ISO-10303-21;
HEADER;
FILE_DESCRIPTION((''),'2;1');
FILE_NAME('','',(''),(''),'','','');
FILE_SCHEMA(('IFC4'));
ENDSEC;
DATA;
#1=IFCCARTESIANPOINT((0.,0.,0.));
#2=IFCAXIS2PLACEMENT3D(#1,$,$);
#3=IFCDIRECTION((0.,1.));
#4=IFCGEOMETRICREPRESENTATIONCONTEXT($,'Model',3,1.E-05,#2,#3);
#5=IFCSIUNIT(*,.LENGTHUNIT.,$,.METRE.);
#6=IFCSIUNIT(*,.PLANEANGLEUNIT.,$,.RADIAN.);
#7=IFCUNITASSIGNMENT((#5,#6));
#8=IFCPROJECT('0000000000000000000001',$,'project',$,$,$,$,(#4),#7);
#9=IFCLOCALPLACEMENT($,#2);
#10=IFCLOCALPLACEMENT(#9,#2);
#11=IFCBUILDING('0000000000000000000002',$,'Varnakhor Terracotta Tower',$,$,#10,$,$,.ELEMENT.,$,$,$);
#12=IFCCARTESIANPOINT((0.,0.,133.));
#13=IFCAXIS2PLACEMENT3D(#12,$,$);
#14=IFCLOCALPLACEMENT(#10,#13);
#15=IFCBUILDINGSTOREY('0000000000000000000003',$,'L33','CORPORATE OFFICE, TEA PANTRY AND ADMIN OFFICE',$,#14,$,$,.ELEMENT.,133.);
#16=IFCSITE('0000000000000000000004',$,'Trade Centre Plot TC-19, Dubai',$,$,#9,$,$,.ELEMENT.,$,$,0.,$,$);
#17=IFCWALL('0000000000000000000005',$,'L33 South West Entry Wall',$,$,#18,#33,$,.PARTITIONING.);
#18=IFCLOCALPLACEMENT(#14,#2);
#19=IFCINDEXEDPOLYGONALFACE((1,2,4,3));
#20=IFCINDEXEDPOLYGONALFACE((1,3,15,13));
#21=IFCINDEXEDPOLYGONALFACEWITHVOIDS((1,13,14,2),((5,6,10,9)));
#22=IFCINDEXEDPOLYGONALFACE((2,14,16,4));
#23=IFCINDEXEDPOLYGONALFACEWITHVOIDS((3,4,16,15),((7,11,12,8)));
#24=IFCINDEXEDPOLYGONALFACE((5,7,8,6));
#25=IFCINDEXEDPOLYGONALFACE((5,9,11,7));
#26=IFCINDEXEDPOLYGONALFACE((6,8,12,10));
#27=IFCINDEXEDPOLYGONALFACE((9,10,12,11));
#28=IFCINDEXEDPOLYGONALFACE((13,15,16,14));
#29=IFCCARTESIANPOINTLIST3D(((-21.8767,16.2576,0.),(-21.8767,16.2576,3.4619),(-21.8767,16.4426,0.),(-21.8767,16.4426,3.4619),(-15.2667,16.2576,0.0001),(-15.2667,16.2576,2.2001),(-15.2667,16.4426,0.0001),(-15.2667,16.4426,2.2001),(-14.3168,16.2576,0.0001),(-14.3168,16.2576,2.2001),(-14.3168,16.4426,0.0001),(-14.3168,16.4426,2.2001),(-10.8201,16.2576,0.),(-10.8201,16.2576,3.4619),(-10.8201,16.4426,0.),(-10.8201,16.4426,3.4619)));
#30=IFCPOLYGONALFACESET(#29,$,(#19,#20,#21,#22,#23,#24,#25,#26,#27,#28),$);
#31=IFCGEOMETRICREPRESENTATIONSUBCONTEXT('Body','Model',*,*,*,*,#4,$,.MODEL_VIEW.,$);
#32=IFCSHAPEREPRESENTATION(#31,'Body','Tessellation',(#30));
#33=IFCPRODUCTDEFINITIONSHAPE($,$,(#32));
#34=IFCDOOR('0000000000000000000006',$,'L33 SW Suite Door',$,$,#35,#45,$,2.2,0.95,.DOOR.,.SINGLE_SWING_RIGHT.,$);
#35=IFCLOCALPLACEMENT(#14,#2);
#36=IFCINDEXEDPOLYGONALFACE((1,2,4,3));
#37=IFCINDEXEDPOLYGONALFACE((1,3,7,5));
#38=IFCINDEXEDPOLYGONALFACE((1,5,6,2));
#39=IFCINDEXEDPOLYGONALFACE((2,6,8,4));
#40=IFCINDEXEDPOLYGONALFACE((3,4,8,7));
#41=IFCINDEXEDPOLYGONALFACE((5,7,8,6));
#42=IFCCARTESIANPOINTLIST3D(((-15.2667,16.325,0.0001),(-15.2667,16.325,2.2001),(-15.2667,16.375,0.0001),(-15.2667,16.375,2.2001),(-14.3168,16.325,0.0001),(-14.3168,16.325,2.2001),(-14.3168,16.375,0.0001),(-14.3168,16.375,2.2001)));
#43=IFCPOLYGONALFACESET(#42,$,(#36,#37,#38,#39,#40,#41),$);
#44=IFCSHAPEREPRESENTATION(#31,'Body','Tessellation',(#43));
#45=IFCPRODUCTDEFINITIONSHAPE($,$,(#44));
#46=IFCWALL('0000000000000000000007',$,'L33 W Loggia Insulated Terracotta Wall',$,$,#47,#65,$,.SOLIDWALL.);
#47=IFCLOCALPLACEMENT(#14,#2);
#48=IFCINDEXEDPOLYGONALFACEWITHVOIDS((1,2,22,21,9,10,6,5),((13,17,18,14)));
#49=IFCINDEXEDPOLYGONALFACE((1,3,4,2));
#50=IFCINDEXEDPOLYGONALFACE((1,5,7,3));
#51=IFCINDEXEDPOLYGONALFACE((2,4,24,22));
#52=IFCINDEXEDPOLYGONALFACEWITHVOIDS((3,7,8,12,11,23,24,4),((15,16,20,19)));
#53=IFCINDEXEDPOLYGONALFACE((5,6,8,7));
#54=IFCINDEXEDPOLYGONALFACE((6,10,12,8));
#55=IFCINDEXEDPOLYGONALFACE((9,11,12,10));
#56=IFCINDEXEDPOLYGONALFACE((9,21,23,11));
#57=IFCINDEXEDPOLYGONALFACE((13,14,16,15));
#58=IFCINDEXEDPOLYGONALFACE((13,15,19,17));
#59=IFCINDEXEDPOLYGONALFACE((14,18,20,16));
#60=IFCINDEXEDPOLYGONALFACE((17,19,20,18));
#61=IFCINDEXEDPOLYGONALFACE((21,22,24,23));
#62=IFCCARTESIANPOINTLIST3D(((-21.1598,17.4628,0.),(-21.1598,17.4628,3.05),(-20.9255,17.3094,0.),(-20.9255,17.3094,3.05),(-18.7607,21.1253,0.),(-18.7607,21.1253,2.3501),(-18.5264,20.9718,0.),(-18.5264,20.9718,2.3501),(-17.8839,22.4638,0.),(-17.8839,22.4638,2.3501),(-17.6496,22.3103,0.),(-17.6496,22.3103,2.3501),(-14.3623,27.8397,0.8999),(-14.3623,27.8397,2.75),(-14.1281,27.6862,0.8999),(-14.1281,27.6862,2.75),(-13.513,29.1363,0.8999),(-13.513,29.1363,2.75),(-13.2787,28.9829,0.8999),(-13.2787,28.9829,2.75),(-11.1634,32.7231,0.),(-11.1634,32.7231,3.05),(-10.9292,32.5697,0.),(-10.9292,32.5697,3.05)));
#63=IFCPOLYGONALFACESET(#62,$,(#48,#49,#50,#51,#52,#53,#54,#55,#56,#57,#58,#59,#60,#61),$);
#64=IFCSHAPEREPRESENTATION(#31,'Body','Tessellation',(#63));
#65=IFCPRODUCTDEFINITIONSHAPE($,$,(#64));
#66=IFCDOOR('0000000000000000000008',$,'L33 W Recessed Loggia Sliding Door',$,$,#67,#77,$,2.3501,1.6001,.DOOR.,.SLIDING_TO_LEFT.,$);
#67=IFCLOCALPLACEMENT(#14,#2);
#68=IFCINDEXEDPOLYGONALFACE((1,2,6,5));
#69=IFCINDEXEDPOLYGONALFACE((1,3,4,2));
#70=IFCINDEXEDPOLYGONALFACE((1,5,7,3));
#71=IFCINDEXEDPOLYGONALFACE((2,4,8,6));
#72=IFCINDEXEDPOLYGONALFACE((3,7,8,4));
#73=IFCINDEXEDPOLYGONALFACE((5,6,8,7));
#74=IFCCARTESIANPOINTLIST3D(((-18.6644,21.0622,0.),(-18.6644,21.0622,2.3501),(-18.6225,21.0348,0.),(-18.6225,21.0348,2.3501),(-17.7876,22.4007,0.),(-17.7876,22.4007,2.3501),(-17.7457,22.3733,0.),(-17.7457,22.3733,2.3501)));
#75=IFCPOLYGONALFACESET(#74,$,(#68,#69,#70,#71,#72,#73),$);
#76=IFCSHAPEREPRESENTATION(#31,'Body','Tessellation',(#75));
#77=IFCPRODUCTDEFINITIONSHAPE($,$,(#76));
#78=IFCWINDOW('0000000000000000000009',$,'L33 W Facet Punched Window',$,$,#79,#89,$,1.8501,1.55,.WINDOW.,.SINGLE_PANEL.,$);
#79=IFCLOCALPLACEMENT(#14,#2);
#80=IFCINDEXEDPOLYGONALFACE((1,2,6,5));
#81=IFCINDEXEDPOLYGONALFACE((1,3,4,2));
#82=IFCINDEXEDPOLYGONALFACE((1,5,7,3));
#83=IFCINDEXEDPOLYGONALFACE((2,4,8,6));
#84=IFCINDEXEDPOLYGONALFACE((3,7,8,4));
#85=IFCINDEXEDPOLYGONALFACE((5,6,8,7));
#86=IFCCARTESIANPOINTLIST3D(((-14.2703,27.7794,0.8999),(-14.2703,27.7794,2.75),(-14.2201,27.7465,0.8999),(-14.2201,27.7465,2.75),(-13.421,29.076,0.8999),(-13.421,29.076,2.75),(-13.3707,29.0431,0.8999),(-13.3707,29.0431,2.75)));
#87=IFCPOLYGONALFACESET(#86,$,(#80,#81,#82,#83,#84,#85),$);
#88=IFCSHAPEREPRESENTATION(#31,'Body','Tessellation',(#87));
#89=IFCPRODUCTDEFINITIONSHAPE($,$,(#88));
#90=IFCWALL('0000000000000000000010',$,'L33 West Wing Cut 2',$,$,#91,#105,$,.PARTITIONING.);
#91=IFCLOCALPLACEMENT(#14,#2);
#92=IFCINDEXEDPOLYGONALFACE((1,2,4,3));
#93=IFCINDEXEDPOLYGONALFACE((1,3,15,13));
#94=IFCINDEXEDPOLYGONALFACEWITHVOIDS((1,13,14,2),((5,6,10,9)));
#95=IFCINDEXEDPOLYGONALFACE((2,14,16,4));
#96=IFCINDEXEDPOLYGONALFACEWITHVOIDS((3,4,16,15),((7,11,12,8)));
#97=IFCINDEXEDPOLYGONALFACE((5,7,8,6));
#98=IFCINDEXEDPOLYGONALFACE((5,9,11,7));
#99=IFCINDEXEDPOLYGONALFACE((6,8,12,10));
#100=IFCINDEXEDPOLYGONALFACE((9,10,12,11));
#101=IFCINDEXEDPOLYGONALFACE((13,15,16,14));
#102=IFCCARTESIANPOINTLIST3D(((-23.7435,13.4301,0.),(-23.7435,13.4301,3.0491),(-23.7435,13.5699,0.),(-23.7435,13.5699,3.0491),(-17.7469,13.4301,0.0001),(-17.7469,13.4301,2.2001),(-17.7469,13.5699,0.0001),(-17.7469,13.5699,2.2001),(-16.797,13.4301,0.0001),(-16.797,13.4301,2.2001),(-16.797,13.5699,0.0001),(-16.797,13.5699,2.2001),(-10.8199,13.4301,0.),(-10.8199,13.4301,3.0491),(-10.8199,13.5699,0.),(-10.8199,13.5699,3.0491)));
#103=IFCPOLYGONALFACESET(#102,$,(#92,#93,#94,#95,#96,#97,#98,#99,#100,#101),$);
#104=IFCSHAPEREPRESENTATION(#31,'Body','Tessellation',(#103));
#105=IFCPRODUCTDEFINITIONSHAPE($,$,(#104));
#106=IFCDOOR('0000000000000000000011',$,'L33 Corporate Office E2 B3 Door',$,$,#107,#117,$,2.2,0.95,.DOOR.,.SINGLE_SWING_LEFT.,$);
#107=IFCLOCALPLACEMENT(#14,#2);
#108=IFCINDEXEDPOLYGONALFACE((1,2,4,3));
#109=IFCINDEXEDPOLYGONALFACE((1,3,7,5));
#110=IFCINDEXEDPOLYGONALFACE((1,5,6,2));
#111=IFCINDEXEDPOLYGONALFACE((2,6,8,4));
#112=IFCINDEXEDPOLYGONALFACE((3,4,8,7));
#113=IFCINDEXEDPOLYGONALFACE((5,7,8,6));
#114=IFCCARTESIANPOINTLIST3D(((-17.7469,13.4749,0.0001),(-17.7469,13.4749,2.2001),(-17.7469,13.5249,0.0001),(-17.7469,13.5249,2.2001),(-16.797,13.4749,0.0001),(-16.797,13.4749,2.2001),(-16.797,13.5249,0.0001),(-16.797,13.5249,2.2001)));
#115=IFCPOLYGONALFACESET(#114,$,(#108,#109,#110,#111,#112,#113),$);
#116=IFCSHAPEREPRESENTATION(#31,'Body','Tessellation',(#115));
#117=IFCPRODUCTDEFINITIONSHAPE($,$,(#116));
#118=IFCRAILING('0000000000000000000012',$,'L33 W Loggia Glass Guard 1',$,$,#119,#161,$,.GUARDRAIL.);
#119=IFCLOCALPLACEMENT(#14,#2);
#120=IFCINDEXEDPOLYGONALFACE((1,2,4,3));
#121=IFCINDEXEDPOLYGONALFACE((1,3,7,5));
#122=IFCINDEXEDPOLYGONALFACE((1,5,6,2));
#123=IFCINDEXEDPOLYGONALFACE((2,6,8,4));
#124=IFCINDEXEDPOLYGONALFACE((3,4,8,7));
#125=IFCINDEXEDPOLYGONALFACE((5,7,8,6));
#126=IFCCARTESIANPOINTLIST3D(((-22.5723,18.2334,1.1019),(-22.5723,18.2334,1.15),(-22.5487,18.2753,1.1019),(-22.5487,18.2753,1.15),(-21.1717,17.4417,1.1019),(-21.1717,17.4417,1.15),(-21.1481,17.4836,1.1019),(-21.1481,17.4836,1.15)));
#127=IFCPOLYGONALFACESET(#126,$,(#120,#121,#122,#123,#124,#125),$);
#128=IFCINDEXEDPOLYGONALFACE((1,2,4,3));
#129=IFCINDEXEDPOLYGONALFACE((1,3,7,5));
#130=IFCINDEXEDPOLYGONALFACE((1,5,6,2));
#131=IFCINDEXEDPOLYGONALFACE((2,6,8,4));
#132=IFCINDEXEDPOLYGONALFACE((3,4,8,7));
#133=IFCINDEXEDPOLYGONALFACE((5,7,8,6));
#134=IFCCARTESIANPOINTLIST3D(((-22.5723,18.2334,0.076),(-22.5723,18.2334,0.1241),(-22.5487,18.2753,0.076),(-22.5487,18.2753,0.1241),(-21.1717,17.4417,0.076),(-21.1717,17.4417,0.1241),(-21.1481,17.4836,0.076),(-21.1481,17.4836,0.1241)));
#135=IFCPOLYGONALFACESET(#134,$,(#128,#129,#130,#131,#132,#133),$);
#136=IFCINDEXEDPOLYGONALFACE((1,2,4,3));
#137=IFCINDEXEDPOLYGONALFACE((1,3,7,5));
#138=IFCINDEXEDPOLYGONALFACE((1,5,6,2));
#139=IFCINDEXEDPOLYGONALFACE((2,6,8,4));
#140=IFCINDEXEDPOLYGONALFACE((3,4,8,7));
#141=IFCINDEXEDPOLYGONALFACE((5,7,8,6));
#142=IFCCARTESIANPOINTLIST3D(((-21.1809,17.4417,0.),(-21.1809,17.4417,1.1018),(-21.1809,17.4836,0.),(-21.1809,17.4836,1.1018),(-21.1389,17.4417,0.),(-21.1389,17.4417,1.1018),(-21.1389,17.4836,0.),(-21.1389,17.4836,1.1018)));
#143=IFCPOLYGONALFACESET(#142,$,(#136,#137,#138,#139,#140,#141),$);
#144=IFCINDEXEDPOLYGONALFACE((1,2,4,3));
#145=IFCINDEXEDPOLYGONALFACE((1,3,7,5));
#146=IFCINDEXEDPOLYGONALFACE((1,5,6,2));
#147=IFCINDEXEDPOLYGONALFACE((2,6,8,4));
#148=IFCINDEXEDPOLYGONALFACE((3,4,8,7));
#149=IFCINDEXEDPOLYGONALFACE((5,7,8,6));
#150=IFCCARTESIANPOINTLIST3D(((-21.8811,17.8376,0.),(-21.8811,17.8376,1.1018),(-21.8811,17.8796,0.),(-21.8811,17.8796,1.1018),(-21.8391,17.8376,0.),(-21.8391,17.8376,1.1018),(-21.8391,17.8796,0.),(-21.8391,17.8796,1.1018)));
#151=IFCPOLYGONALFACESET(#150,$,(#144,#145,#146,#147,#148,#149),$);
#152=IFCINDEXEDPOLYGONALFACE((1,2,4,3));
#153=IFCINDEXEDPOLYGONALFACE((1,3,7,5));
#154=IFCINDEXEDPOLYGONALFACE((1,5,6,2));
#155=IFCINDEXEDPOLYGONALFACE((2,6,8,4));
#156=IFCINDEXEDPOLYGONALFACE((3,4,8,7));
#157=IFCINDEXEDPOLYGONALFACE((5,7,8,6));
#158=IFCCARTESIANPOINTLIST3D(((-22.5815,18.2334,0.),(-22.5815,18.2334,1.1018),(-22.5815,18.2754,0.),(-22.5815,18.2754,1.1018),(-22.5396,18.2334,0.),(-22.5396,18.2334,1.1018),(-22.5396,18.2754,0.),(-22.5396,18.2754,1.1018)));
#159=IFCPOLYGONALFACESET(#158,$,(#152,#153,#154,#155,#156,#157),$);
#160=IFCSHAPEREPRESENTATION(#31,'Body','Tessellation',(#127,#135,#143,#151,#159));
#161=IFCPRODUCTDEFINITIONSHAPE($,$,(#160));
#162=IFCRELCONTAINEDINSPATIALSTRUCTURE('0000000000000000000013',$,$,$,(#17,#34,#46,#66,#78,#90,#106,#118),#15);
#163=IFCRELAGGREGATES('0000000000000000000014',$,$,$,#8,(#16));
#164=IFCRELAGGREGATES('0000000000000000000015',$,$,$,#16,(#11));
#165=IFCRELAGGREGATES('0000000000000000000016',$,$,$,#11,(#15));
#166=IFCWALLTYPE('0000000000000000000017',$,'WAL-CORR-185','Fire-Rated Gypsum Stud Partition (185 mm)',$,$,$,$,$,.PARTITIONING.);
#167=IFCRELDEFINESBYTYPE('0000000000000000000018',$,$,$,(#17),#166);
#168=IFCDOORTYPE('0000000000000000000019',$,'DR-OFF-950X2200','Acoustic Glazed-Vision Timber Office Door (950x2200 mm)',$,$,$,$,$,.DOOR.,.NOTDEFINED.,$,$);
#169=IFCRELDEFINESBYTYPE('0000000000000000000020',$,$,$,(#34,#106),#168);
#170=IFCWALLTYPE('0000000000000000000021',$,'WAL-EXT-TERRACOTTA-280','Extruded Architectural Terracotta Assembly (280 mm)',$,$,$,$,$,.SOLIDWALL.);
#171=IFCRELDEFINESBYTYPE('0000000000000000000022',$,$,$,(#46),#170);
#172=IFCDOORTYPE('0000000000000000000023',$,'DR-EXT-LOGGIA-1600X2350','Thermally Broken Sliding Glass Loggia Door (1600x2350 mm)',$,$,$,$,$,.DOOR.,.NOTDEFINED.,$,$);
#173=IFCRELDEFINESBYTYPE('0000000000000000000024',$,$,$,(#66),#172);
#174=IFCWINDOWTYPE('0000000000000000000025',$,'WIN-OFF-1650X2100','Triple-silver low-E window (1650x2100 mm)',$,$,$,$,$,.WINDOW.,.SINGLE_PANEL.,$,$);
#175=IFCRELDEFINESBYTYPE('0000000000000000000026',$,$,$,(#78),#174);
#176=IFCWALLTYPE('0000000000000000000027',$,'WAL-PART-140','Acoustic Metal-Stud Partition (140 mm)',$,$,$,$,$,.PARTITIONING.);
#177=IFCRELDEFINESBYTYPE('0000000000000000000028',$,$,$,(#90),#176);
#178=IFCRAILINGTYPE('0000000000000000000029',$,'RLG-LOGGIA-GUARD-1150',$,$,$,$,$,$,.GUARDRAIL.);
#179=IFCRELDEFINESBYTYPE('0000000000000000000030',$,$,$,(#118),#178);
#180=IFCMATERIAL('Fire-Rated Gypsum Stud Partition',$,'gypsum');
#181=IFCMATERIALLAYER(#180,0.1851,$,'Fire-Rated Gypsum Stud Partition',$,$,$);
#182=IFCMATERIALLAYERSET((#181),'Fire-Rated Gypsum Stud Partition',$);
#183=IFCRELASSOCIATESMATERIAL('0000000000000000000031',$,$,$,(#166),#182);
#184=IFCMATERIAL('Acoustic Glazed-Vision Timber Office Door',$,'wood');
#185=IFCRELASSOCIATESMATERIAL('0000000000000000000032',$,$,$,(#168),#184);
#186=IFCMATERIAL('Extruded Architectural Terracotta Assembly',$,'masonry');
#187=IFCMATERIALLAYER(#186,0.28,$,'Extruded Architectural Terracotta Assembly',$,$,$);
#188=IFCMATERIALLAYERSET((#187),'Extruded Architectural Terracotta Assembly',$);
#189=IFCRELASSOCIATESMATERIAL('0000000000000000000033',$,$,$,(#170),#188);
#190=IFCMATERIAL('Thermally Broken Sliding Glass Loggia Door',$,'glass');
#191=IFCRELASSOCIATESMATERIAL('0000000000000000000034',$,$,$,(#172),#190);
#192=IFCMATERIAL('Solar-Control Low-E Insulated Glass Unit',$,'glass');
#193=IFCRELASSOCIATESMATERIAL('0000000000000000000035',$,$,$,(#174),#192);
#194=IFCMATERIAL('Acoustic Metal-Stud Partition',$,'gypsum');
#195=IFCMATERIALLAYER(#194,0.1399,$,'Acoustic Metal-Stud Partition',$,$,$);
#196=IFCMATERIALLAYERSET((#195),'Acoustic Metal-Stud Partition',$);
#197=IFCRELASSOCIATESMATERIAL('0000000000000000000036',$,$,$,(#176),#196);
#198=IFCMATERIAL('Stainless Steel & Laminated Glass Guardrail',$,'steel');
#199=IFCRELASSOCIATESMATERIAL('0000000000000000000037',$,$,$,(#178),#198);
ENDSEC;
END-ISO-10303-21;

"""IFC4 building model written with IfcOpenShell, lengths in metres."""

from ifc_helpers import new_model, si_unit, direction, frame, frame_2d, origin, origin_2d, place, context, subcontext, project, spatial, rectangle, extrude, source, transform, mapped, material, layer, layer_set, type_object, type_shapes, element, fill, save


model = new_model("IFC4")

# Units and contexts
model_context = context("Model", 3, precision=1e-05, world=origin(), true_north=direction((0.0, 1.0)))
body_context = subcontext(model_context, "Body", "Model", "MODEL_VIEW")
ifc_project = project(units=[si_unit("LENGTHUNIT", "METRE"), si_unit("PLANEANGLEUNIT", "RADIAN")], contexts=[model_context])

# Site, building, storey
site_placement = place(None, origin())
site = spatial("IfcSite", under=ifc_project, at=site_placement, Name="Trade Centre Plot TC-19, Dubai", CompositionType="ELEMENT", RefElevation=0.0)
building_placement = place(site_placement, origin())
building = spatial("IfcBuilding", under=site, at=building_placement, Name="Varnakhor Terracotta Tower", CompositionType="ELEMENT")
storey_placement = place(building_placement, frame((0.0, 0.0, 133.0)))
storey = spatial("IfcBuildingStorey", under=building, at=storey_placement, Name="L33", Description="CORPORATE OFFICE, TEA PANTRY AND ADMIN OFFICE", CompositionType="ELEMENT", Elevation=133.0)

# Wall, opening, door
ifc_material_1 = material(Name="Fire-Rated Gypsum Stud Partition", Category="gypsum")
ifc_layer_1 = layer(ifc_material_1, 0.1851, Name="Fire-Rated Gypsum Stud Partition")
ifc_layer_set_1 = layer_set([ifc_layer_1], Name="Fire-Rated Gypsum Stud Partition")
wall_type_1 = type_object("IfcWallType", Name="WAL-CORR-185", Description="Fire-Rated Gypsum Stud Partition (185 mm)", PredefinedType="PARTITIONING", material=ifc_layer_set_1)
wall_1_placement = place(storey_placement, frame((-21.8767, 16.3501, 0.0), z_axis=(0.0, 0.0, 1.0), x_axis=(1.0, 0.0, 0.0)))
wall_1 = element("IfcWall", 1, at=wall_1_placement, inside=storey, type_object=wall_type_1, Name="L33 South West Entry Wall", PredefinedType="PARTITIONING", context=body_context, shape_type="SweptSolid", body=[
    extrude(rectangle(XDim=11.0566, YDim=0.1851, at=frame_2d((5.5283, 0.0))), origin(), (0.0, 0.0, 1.0), 3.4619),
])
opening_1_placement = place(wall_1_placement, frame((6.6099, 0.0, 0.0)))
opening_1 = element("IfcOpeningElement", 2, at=opening_1_placement, cuts=wall_1, PredefinedType="OPENING", context=body_context, shape_type="SweptSolid", body=[
    extrude(rectangle(XDim=0.95, YDim=2.2, at=frame_2d((0.4751, 1.1001))), frame((0.0, 0.1025, 0.0), z_axis=(0.0, -1.0, 0.0), x_axis=(1.0, 0.0, 0.0)), (0.0, 0.0, 1.0), 0.2051),
])
ifc_material_2 = material(Name="Acoustic Glazed-Vision Timber Office Door", Category="wood")
door_type_1 = type_object("IfcDoorType", Name="DR-OFF-950X2200", Description="Acoustic Glazed-Vision Timber Office Door (950x2200 mm)", OperationType="NOTDEFINED", PredefinedType="DOOR", material=ifc_material_2)
shared_shape_1 = source(origin(), body_context, "Body", "SweptSolid", [
    extrude(rectangle(XDim=0.95, YDim=2.2, at=frame_2d((0.4751, 1.1001))), frame((0.0, 0.0249, 0.0), z_axis=(0.0, -1.0, 0.0), x_axis=(1.0, 0.0, 0.0)), (0.0, 0.0, 1.0), 0.05),
])
type_shapes(door_type_1, [shared_shape_1])
door_1_placement = place(opening_1_placement, origin())
door_1 = element("IfcDoor", 3, at=door_1_placement, inside=storey, type_object=door_type_1, Name="L33 SW Suite Door", OperationType="SINGLE_SWING_RIGHT", OverallHeight=2.2, OverallWidth=0.95, PredefinedType="DOOR", context=body_context, shape_type="MappedRepresentation", body=[
    mapped(shared_shape_1, transform((0.0, 0.0, 0.0), scale=1.0)),
])
fill(opening_1, door_1)

# Wall, openings, door, window
ifc_material_3 = material(Name="Extruded Architectural Terracotta Assembly", Category="masonry")
ifc_layer_2 = layer(ifc_material_3, 0.28, Name="Extruded Architectural Terracotta Assembly")
ifc_layer_set_2 = layer_set([ifc_layer_2], Name="Extruded Architectural Terracotta Assembly")
wall_type_2 = type_object("IfcWallType", Name="WAL-EXT-TERRACOTTA-280", Description="Extruded Architectural Terracotta Assembly (280 mm)", PredefinedType="SOLIDWALL", material=ifc_layer_set_2)
wall_2_placement = place(storey_placement, frame((-21.0427, 17.386, 0.0), z_axis=(0.0, 0.0, 1.0), x_axis=(0.547959, 0.836505, 0.0)))
wall_2 = element("IfcWall", 4, at=wall_2_placement, inside=storey, type_object=wall_type_2, Name="L33 W Loggia Insulated Terracotta Wall", PredefinedType="SOLIDWALL", context=body_context, shape_type="SweptSolid", body=[
    extrude(rectangle(XDim=18.2429, YDim=0.28, at=frame_2d((9.1216, 0.0))), origin(), (0.0, 0.0, 1.0), 3.05),
])
opening_2_placement = place(wall_2_placement, frame((4.3784, 0.0, 0.0)))
opening_2 = element("IfcOpeningElement", 5, at=opening_2_placement, cuts=wall_2, PredefinedType="OPENING", context=body_context, shape_type="SweptSolid", body=[
    extrude(rectangle(XDim=1.6001, YDim=2.3501, at=frame_2d((0.8, 1.175))), frame((0.0, 0.1499, 0.0), z_axis=(0.0, -1.0, 0.0), x_axis=(1.0, 0.0, 0.0)), (0.0, 0.0, 1.0), 0.3),
])
opening_3_placement = place(wall_2_placement, frame((12.4053, 0.0, 0.8999)))
opening_3 = element("IfcOpeningElement", 6, at=opening_3_placement, cuts=wall_2, PredefinedType="OPENING", context=body_context, shape_type="SweptSolid", body=[
    extrude(rectangle(XDim=1.55, YDim=1.8501, at=frame_2d((0.7749, 0.925))), frame((0.0, 0.1499, 0.0), z_axis=(0.0, -1.0, 0.0), x_axis=(1.0, 0.0, 0.0)), (0.0, 0.0, 1.0), 0.3),
])
ifc_material_4 = material(Name="Thermally Broken Sliding Glass Loggia Door", Category="glass")
door_type_2 = type_object("IfcDoorType", Name="DR-EXT-LOGGIA-1600X2350", Description="Thermally Broken Sliding Glass Loggia Door (1600x2350 mm)", OperationType="NOTDEFINED", PredefinedType="DOOR", material=ifc_material_4)
shared_shape_2 = source(origin(), body_context, "Body", "SweptSolid", [
    extrude(rectangle(XDim=1.6001, YDim=2.3501, at=frame_2d((0.8, 1.175))), frame((0.0, 0.0249, 0.0), z_axis=(0.0, -1.0, 0.0), x_axis=(1.0, 0.0, 0.0)), (0.0, 0.0, 1.0), 0.05),
])
type_shapes(door_type_2, [shared_shape_2])
door_2_placement = place(opening_2_placement, origin())
door_2 = element("IfcDoor", 7, at=door_2_placement, inside=storey, type_object=door_type_2, Name="L33 W Recessed Loggia Sliding Door", OperationType="SLIDING_TO_LEFT", OverallHeight=2.3501, OverallWidth=1.6001, PredefinedType="DOOR", context=body_context, shape_type="MappedRepresentation", body=[
    mapped(shared_shape_2, transform((0.0, 0.0, 0.0), scale=1.0)),
])
fill(opening_2, door_2)
ifc_material_5 = material(Name="Solar-Control Low-E Insulated Glass Unit", Category="glass")
window_type = type_object("IfcWindowType", Name="WIN-OFF-1650X2100", Description="Triple-silver low-E window (1650x2100 mm)", PartitioningType="SINGLE_PANEL", PredefinedType="WINDOW", material=ifc_material_5)
shared_shape_3 = source(origin(), body_context, "Body", "SweptSolid", [
    extrude(rectangle(XDim=1.55, YDim=1.8501, at=frame_2d((0.7749, 0.925))), frame((0.0, 0.03, 0.0), z_axis=(0.0, -1.0, 0.0), x_axis=(1.0, 0.0, 0.0)), (0.0, 0.0, 1.0), 0.0601),
])
type_shapes(window_type, [shared_shape_3])
window_placement = place(opening_3_placement, origin())
window = element("IfcWindow", 8, at=window_placement, inside=storey, type_object=window_type, Name="L33 W Facet Punched Window", OverallHeight=1.8501, OverallWidth=1.55, PartitioningType="SINGLE_PANEL", PredefinedType="WINDOW", context=body_context, shape_type="MappedRepresentation", body=[
    mapped(shared_shape_3, transform((0.0, 0.0, 0.0), scale=1.0)),
])
fill(opening_3, window)

# Wall, opening, door
ifc_material_6 = material(Name="Acoustic Metal-Stud Partition", Category="gypsum")
ifc_layer_3 = layer(ifc_material_6, 0.1399, Name="Acoustic Metal-Stud Partition")
ifc_layer_set_3 = layer_set([ifc_layer_3], Name="Acoustic Metal-Stud Partition")
wall_type_3 = type_object("IfcWallType", Name="WAL-PART-140", Description="Acoustic Metal-Stud Partition (140 mm)", PredefinedType="PARTITIONING", material=ifc_layer_set_3)
wall_3_placement = place(storey_placement, frame((-23.7437, 13.5, 0.0), z_axis=(0.0, 0.0, 1.0), x_axis=(1.0, 0.0, 0.0)))
wall_3 = element("IfcWall", 9, at=wall_3_placement, inside=storey, type_object=wall_type_3, Name="L33 West Wing Cut 2", PredefinedType="PARTITIONING", context=body_context, shape_type="SweptSolid", body=[
    extrude(rectangle(XDim=12.9236, YDim=0.1399, at=frame_2d((6.4619, 0.0))), origin(), (0.0, 0.0, 1.0), 3.0491),
])
opening_4_placement = place(wall_3_placement, frame((5.9966, 0.0, 0.0)))
opening_4 = element("IfcOpeningElement", 10, at=opening_4_placement, cuts=wall_3, PredefinedType="OPENING", context=body_context, shape_type="SweptSolid", body=[
    extrude(rectangle(XDim=0.95, YDim=2.2, at=frame_2d((0.4751, 1.1001))), frame((0.0, 0.0801, 0.0), z_axis=(0.0, -1.0, 0.0), x_axis=(1.0, 0.0, 0.0)), (0.0, 0.0, 1.0), 0.1599),
])
door_3_placement = place(opening_4_placement, origin())
door_3 = element("IfcDoor", 11, at=door_3_placement, inside=storey, type_object=door_type_1, Name="L33 Corporate Office E2 B3 Door", OperationType="SINGLE_SWING_LEFT", OverallHeight=2.2, OverallWidth=0.95, PredefinedType="DOOR", context=body_context, shape_type="MappedRepresentation", body=[
    mapped(shared_shape_1, transform((0.0, 0.0, 0.0), scale=1.0)),
])
fill(opening_4, door_3)

# Railing
ifc_material_7 = material(Name="Stainless Steel & Laminated Glass Guardrail", Category="steel")
railing_type = type_object("IfcRailingType", Name="RLG-LOGGIA-GUARD-1150", PredefinedType="GUARDRAIL", material=ifc_material_7)
railing_1_placement = place(storey_placement, frame((-21.1599, 17.4626, 0.0)))
element("IfcRailing", 12, at=railing_1_placement, inside=storey, type_object=railing_type, Name="L33 W Loggia Glass Guard 1", PredefinedType="GUARDRAIL", context=body_context, shape_type="SweptSolid", body=[
    extrude(rectangle(XDim=0.0481, YDim=0.0481, at=origin_2d()), frame((0.0, 0.0, 1.126), z_axis=(-0.87054, 0.492097, 0.0), x_axis=(-0.492097, -0.87054, 0.0)), (0.0, 0.0, 1.0), 1.6089),
    extrude(rectangle(XDim=0.0481, YDim=0.0481, at=origin_2d()), frame((0.0, 0.0, 0.1001), z_axis=(-0.87054, 0.492097, 0.0), x_axis=(-0.492097, -0.87054, 0.0)), (0.0, 0.0, 1.0), 1.6089),
    extrude(rectangle(XDim=0.042, YDim=0.042, at=origin_2d()), origin(), (0.0, 0.0, 1.0), 1.1018),
    extrude(rectangle(XDim=0.042, YDim=0.042, at=origin_2d()), frame((-0.7002, 0.396, 0.0)), (0.0, 0.0, 1.0), 1.1018),
    extrude(rectangle(XDim=0.042, YDim=0.042, at=origin_2d()), frame((-1.4006, 0.7917, 0.0)), (0.0, 0.0, 1.0), 1.1018),
])

save(model, "model.ifc")
